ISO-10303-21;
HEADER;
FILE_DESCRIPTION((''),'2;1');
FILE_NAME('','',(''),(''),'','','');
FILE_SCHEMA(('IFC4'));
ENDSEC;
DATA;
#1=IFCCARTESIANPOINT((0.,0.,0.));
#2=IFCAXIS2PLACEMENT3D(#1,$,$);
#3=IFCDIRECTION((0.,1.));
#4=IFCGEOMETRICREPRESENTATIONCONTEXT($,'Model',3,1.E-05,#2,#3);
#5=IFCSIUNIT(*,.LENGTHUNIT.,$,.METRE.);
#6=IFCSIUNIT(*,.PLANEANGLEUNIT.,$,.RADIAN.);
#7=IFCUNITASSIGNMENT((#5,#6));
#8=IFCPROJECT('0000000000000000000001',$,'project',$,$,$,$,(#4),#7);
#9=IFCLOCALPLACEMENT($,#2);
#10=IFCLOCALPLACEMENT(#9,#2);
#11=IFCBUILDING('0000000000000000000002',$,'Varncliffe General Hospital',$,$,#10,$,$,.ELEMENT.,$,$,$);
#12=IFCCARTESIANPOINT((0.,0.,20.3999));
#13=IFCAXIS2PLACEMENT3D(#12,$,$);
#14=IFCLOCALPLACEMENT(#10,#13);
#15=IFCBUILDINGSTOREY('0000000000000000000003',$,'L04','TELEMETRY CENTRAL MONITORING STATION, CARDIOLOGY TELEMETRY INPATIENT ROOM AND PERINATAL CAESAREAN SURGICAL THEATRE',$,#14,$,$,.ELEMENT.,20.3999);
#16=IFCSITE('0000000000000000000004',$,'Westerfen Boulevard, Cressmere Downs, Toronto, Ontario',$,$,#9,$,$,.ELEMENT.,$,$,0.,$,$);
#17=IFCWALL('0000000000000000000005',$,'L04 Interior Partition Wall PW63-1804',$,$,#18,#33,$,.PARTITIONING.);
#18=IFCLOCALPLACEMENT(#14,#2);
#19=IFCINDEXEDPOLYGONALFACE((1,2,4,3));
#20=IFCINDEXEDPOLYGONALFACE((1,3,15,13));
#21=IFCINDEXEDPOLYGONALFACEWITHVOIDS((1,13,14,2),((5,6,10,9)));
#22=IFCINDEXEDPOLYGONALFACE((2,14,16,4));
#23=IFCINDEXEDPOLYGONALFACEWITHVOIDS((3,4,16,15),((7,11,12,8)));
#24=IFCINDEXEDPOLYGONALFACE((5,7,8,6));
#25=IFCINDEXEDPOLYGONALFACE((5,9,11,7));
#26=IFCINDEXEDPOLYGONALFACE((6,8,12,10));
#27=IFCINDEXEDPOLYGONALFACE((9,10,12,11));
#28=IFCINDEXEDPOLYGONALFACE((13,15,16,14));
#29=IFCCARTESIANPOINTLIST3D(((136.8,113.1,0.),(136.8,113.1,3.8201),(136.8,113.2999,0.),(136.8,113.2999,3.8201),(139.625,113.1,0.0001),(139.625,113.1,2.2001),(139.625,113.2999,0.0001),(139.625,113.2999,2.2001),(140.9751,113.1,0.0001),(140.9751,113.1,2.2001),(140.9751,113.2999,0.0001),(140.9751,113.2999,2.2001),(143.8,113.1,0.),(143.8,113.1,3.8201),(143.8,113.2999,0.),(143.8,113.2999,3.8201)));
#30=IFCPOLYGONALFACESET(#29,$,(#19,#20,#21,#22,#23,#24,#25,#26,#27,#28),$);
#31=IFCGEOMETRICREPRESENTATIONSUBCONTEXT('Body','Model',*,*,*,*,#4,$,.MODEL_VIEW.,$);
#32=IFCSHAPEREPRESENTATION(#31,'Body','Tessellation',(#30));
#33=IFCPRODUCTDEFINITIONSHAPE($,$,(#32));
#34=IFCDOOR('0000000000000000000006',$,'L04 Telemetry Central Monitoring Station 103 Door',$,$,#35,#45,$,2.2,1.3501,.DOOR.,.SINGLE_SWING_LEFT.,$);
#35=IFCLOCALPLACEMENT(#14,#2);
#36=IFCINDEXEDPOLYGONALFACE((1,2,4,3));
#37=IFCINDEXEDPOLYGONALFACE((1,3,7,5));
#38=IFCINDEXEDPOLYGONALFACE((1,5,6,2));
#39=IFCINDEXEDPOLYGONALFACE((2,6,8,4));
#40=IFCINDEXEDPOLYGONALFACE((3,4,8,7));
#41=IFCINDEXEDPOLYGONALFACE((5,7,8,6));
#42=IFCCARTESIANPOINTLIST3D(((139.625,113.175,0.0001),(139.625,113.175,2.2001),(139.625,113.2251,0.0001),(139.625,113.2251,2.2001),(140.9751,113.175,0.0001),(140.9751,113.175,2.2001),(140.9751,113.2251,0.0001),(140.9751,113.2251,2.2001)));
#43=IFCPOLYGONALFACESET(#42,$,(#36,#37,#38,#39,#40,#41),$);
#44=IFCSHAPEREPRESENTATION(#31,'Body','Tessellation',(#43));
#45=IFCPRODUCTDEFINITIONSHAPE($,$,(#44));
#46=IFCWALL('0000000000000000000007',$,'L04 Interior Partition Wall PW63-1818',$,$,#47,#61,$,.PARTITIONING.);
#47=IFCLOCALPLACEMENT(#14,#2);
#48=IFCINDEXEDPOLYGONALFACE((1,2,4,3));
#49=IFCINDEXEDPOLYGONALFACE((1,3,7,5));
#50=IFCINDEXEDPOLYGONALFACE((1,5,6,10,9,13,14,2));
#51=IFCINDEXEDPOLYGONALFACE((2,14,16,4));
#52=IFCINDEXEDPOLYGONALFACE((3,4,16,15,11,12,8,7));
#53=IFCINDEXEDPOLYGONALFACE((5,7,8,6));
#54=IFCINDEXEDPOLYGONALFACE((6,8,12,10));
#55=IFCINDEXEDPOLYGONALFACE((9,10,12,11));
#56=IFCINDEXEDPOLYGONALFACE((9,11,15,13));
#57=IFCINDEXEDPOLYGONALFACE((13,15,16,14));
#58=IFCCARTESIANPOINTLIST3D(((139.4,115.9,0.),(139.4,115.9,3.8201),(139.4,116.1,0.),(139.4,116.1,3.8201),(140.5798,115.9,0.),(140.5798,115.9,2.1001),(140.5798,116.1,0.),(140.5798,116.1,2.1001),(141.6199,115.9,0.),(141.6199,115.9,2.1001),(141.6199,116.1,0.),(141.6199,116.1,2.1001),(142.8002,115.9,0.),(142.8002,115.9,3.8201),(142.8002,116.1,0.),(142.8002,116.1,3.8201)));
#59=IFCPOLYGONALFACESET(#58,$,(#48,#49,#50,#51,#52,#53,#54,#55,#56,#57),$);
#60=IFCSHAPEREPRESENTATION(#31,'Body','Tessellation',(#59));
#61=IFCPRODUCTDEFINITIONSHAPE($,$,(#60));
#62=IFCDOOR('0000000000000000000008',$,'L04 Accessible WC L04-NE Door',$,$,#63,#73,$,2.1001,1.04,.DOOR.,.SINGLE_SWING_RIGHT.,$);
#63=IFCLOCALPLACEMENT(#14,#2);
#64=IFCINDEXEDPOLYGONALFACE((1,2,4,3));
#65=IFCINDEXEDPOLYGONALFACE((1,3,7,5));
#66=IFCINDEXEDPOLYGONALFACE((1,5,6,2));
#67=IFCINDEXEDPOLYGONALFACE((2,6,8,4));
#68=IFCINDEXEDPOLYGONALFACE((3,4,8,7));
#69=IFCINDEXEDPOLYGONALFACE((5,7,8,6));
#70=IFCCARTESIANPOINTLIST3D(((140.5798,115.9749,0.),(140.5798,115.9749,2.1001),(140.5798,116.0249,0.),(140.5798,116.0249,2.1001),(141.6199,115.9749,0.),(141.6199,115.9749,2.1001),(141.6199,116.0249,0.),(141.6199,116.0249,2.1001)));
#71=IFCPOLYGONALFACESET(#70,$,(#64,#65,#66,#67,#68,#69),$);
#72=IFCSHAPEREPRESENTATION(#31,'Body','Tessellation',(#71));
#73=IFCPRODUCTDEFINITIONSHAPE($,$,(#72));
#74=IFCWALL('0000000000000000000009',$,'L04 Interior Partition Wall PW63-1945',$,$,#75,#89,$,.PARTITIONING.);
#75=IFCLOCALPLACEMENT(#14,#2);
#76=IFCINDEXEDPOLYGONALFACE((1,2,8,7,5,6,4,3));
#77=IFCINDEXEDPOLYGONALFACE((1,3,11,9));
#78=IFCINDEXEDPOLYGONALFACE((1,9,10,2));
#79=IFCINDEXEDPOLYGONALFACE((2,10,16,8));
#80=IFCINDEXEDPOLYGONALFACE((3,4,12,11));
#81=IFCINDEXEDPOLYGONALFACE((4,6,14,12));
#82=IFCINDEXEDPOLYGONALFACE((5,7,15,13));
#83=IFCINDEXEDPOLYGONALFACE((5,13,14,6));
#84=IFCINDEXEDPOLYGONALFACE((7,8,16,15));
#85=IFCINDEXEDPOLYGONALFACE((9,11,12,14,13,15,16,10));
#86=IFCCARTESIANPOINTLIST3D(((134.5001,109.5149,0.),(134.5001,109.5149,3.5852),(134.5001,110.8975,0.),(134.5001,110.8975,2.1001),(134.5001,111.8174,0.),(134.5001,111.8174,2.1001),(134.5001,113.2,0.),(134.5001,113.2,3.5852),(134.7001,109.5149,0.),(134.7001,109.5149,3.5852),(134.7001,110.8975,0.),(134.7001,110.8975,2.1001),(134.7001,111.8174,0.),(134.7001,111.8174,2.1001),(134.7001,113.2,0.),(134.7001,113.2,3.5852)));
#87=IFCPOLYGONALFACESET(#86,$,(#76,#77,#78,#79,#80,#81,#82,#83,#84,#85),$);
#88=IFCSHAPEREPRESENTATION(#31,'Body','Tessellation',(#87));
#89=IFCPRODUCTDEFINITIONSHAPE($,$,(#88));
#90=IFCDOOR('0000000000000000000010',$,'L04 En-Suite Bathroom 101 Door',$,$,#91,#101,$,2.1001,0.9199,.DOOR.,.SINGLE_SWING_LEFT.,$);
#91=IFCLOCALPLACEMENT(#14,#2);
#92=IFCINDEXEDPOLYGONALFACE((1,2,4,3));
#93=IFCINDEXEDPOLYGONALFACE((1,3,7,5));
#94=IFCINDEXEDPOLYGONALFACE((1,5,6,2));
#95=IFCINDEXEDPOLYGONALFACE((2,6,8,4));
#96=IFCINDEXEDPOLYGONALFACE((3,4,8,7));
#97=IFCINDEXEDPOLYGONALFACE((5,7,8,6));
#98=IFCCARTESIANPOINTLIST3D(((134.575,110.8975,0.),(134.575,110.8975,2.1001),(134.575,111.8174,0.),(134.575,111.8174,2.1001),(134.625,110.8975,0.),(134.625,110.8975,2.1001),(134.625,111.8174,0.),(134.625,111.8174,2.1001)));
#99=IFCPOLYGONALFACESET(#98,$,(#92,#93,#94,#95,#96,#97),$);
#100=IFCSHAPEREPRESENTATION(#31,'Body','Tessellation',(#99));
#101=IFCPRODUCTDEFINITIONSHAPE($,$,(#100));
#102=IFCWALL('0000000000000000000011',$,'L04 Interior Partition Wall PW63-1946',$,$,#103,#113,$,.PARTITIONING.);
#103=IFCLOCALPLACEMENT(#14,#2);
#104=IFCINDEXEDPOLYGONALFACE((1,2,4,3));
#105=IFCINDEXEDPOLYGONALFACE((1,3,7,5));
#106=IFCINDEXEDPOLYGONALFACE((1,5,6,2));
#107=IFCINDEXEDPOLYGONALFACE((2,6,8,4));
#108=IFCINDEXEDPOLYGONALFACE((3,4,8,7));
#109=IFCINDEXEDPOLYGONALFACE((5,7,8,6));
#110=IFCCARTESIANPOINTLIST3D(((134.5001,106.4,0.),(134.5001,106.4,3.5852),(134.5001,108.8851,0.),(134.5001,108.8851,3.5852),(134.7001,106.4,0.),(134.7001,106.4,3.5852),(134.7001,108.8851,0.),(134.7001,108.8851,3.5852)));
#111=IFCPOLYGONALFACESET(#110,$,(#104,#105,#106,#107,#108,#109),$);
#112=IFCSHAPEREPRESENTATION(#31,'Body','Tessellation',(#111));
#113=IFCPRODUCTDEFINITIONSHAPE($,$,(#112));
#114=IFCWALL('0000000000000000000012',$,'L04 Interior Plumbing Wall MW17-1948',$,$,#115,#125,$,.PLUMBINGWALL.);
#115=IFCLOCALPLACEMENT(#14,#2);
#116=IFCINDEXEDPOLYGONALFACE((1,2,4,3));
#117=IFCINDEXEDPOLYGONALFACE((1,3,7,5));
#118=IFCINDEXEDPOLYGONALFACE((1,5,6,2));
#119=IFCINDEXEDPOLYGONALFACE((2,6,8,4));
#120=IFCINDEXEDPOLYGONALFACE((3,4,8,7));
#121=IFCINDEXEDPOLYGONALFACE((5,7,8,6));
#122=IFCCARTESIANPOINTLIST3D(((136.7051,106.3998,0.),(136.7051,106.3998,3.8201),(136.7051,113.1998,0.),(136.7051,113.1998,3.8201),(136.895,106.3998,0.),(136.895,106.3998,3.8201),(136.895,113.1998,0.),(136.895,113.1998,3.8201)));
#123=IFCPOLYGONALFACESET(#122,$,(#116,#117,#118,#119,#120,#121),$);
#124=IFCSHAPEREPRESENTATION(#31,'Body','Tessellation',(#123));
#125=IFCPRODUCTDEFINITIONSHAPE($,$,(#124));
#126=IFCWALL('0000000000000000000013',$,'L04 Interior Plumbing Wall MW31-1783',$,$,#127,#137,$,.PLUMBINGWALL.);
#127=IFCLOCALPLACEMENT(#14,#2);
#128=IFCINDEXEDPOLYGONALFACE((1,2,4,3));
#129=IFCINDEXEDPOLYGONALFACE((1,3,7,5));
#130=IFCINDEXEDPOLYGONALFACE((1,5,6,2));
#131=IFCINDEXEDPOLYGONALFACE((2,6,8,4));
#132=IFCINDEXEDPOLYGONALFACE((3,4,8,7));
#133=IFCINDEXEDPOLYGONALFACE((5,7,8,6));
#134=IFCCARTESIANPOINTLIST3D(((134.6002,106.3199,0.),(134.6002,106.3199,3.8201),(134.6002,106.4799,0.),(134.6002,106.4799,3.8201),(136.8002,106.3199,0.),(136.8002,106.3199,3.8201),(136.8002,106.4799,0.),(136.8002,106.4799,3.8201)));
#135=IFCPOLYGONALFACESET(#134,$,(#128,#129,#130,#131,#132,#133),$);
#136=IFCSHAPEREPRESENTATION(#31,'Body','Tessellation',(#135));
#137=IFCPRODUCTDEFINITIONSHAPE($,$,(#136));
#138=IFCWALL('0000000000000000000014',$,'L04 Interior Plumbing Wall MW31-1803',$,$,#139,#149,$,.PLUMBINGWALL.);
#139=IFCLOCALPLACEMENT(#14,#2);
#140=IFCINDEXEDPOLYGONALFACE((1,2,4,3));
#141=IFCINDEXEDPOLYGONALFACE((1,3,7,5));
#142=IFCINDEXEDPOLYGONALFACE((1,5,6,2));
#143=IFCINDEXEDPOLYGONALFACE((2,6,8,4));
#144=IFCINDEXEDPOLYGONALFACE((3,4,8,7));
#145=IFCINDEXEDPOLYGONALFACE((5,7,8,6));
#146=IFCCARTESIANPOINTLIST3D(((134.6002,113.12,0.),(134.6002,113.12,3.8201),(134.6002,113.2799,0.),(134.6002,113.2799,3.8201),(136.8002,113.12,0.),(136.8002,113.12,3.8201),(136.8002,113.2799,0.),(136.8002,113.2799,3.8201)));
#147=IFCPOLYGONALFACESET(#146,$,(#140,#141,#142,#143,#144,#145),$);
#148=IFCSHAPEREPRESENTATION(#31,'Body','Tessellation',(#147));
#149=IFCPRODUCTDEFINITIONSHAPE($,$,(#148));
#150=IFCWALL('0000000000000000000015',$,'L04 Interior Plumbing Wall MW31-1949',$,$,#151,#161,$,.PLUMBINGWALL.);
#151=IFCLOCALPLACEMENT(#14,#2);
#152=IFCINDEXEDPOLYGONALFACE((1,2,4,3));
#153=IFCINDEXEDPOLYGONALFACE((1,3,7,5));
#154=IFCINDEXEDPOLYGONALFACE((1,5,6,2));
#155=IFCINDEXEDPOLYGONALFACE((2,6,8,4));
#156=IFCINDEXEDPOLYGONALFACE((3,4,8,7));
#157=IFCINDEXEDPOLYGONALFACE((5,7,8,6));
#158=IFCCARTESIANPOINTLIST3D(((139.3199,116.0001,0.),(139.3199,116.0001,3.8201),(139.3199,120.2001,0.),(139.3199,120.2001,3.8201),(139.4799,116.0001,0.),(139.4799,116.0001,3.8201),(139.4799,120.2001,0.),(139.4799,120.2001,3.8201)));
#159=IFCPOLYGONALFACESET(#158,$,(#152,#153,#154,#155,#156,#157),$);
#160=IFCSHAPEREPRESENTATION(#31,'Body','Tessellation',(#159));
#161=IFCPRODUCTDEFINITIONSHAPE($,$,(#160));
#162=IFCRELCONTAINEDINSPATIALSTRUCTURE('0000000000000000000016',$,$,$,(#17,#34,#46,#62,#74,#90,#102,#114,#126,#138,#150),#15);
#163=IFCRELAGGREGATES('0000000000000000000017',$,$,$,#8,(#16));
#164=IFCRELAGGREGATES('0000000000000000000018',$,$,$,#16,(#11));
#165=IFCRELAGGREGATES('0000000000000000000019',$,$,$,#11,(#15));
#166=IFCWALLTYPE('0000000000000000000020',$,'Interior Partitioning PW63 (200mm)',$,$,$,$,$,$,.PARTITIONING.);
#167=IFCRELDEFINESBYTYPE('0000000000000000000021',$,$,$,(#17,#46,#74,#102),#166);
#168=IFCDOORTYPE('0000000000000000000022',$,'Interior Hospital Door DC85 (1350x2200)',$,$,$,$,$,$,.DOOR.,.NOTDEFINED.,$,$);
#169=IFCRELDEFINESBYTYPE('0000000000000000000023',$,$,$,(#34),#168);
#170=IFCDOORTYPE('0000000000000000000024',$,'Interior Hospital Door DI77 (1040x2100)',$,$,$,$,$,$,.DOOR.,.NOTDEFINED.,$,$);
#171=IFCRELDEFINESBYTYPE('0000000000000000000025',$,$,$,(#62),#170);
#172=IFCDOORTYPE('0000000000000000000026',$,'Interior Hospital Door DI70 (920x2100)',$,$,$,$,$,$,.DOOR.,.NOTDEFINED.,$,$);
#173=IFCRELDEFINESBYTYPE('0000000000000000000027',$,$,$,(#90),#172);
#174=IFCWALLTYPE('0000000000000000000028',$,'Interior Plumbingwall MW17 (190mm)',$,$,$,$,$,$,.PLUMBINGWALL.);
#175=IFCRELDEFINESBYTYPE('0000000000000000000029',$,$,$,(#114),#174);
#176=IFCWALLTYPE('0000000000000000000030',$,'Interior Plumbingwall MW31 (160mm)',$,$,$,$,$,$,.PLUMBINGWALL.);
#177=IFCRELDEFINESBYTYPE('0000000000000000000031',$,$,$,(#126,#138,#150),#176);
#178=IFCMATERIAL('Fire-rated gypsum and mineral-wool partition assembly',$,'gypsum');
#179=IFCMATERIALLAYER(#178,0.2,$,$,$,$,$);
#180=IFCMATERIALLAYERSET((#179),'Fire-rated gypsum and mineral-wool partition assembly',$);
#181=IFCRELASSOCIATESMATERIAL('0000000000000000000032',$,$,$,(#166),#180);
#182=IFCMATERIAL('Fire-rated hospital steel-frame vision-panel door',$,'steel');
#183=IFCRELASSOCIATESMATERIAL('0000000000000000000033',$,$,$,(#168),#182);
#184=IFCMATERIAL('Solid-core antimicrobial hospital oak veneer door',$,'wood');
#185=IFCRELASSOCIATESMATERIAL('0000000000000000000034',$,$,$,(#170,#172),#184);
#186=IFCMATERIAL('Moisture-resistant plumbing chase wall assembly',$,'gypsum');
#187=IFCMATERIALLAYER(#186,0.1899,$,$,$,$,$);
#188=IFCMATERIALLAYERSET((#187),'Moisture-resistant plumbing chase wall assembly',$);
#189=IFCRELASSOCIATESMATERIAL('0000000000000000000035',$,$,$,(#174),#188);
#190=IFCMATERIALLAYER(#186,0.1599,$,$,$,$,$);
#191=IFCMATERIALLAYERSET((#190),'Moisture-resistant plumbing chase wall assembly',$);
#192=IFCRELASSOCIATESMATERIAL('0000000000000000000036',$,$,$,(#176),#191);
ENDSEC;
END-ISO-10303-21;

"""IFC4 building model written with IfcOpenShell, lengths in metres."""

from ifc_helpers import new_model, si_unit, direction, frame, frame_2d, origin, place, context, subcontext, project, spatial, rectangle, extrude, material, layer, layer_set, type_object, element, fill, save


model = new_model("IFC4")

# Units and contexts
model_context = context("Model", 3, precision=1e-05, world=origin(), true_north=direction((0.0, 1.0)))
body_context = subcontext(model_context, "Body", "Model", "MODEL_VIEW")
ifc_project = project(units=[si_unit("LENGTHUNIT", "METRE"), si_unit("PLANEANGLEUNIT", "RADIAN")], contexts=[model_context])

# Site, building, storey
site_placement = place(None, origin())
site = spatial("IfcSite", under=ifc_project, at=site_placement, Name="Westerfen Boulevard, Cressmere Downs, Toronto, Ontario", CompositionType="ELEMENT", RefElevation=0.0)
building_placement = place(site_placement, origin())
building = spatial("IfcBuilding", under=site, at=building_placement, Name="Varncliffe General Hospital", CompositionType="ELEMENT")
storey_placement = place(building_placement, frame((0.0, 0.0, 20.3999)))
storey = spatial("IfcBuildingStorey", under=building, at=storey_placement, Name="L04", Description="TELEMETRY CENTRAL MONITORING STATION, CARDIOLOGY TELEMETRY INPATIENT ROOM AND PERINATAL CAESAREAN SURGICAL THEATRE", CompositionType="ELEMENT", Elevation=20.3999)

# Shared definitions
ifc_material_1 = material(Name="Fire-rated gypsum and mineral-wool partition assembly", Category="gypsum")
ifc_material_2 = material(Name="Fire-rated hospital steel-frame vision-panel door", Category="steel")

# Walls, openings, doors
ifc_layer_1 = layer(ifc_material_1, 0.2)
ifc_layer_set_1 = layer_set([ifc_layer_1], Name="Fire-rated gypsum and mineral-wool partition assembly")
wall_type_1 = type_object("IfcWallType", Name="Interior Partitioning PW63 (200mm)", PredefinedType="PARTITIONING", material=ifc_layer_set_1)
wall_1_placement = place(storey_placement, frame((136.8, 113.2, 0.0), z_axis=(0.0, 0.0, 1.0), x_axis=(1.0, 0.0, 0.0)))
wall_1 = element("IfcWall", 1, at=wall_1_placement, inside=storey, type_object=wall_type_1, Name="L04 Interior Partition Wall PW63-1804", PredefinedType="PARTITIONING", context=body_context, shape_type="SweptSolid", body=[
    extrude(rectangle(XDim=7.0, YDim=0.2, at=frame_2d((3.5, 0.0))), origin(), (0.0, 0.0, 1.0), 3.8201),
])
opening_1_placement = place(wall_1_placement, frame((2.825, 0.0, 0.0)))
opening_1 = element("IfcOpeningElement", 2, at=opening_1_placement, cuts=wall_1, PredefinedType="OPENING", context=body_context, shape_type="SweptSolid", body=[
    extrude(rectangle(XDim=1.3501, YDim=2.2, at=frame_2d((0.675, 1.1001))), frame((0.0, 0.1099, 0.0), z_axis=(0.0, -1.0, 0.0), x_axis=(1.0, 0.0, 0.0)), (0.0, 0.0, 1.0), 0.22),
])
door_type_1 = type_object("IfcDoorType", Name="Interior Hospital Door DC85 (1350x2200)", OperationType="NOTDEFINED", PredefinedType="DOOR", material=ifc_material_2)
door_1_placement = place(opening_1_placement, frame((1.3501, 0.0, 0.0), z_axis=(0.0, 0.0, 1.0), x_axis=(-1.0, 0.0, 0.0)))
door_1 = element("IfcDoor", 3, at=door_1_placement, inside=storey, type_object=door_type_1, Name="L04 Telemetry Central Monitoring Station 103 Door", OperationType="SINGLE_SWING_LEFT", OverallHeight=2.2, OverallWidth=1.3501, PredefinedType="DOOR", context=body_context, shape_type="SweptSolid", body=[
    extrude(rectangle(XDim=1.3501, YDim=2.2, at=frame_2d((0.675, 1.1001))), frame((0.0, 0.0249, 0.0), z_axis=(0.0, -1.0, 0.0), x_axis=(1.0, 0.0, 0.0)), (0.0, 0.0, 1.0), 0.05),
])
fill(opening_1, door_1)
wall_2_placement = place(storey_placement, frame((139.3999, 116.0, 0.0), z_axis=(0.0, 0.0, 1.0), x_axis=(1.0, 0.0, 0.0)))
wall_2 = element("IfcWall", 4, at=wall_2_placement, inside=storey, type_object=wall_type_1, Name="L04 Interior Partition Wall PW63-1818", PredefinedType="PARTITIONING", context=body_context, shape_type="SweptSolid", body=[
    extrude(rectangle(XDim=3.4001, YDim=0.2, at=frame_2d((1.7002, 0.0))), origin(), (0.0, 0.0, 1.0), 3.8201),
])
opening_2_placement = place(wall_2_placement, frame((1.1799, 0.0, 0.0)))
opening_2 = element("IfcOpeningElement", 5, at=opening_2_placement, cuts=wall_2, PredefinedType="OPENING", context=body_context, shape_type="SweptSolid", body=[
    extrude(rectangle(XDim=1.04, YDim=2.1001, at=frame_2d((0.52, 1.05))), frame((0.0, 0.1099, 0.0), z_axis=(0.0, -1.0, 0.0), x_axis=(1.0, 0.0, 0.0)), (0.0, 0.0, 1.0), 0.22),
])
ifc_material_3 = material(Name="Solid-core antimicrobial hospital oak veneer door", Category="wood")
door_type_2 = type_object("IfcDoorType", Name="Interior Hospital Door DI77 (1040x2100)", OperationType="NOTDEFINED", PredefinedType="DOOR", material=ifc_material_3)
door_2_placement = place(opening_2_placement, origin())
door_2 = element("IfcDoor", 6, at=door_2_placement, inside=storey, type_object=door_type_2, Name="L04 Accessible WC L04-NE Door", OperationType="SINGLE_SWING_RIGHT", OverallHeight=2.1001, OverallWidth=1.04, PredefinedType="DOOR", context=body_context, shape_type="SweptSolid", body=[
    extrude(rectangle(XDim=1.04, YDim=2.1001, at=frame_2d((0.52, 1.05))), frame((0.0, 0.0249, 0.0), z_axis=(0.0, -1.0, 0.0), x_axis=(1.0, 0.0, 0.0)), (0.0, 0.0, 1.0), 0.05),
])
fill(opening_2, door_2)
wall_3_placement = place(storey_placement, frame((134.6001, 109.5149, 0.0), z_axis=(0.0, 0.0, 1.0), x_axis=(0.0, 1.0, 0.0)))
wall_3 = element("IfcWall", 7, at=wall_3_placement, inside=storey, type_object=wall_type_1, Name="L04 Interior Partition Wall PW63-1945", PredefinedType="PARTITIONING", context=body_context, shape_type="SweptSolid", body=[
    extrude(rectangle(XDim=3.6851, YDim=0.2, at=frame_2d((1.8425, 0.0))), origin(), (0.0, 0.0, 1.0), 3.5852),
])
opening_3_placement = place(wall_3_placement, frame((1.3826, 0.0, 0.0)))
opening_3 = element("IfcOpeningElement", 8, at=opening_3_placement, cuts=wall_3, PredefinedType="OPENING", context=body_context, shape_type="SweptSolid", body=[
    extrude(rectangle(XDim=0.9199, YDim=2.1001, at=frame_2d((0.46, 1.05))), frame((0.0, 0.1099, 0.0), z_axis=(0.0, -1.0, 0.0), x_axis=(1.0, 0.0, 0.0)), (0.0, 0.0, 1.0), 0.22),
])
door_type_3 = type_object("IfcDoorType", Name="Interior Hospital Door DI70 (920x2100)", OperationType="NOTDEFINED", PredefinedType="DOOR", material=ifc_material_3)
door_3_placement = place(opening_3_placement, frame((0.9199, 0.0, 0.0), z_axis=(0.0, 0.0, 1.0), x_axis=(-1.0, 0.0, 0.0)))
door_3 = element("IfcDoor", 9, at=door_3_placement, inside=storey, type_object=door_type_3, Name="L04 En-Suite Bathroom 101 Door", OperationType="SINGLE_SWING_LEFT", OverallHeight=2.1001, OverallWidth=0.9199, PredefinedType="DOOR", context=body_context, shape_type="SweptSolid", body=[
    extrude(rectangle(XDim=0.9199, YDim=2.1001, at=frame_2d((0.46, 1.05))), frame((0.0, 0.0249, 0.0), z_axis=(0.0, -1.0, 0.0), x_axis=(1.0, 0.0, 0.0)), (0.0, 0.0, 1.0), 0.05),
])
fill(opening_3, door_3)

# Walls
wall_4_placement = place(storey_placement, frame((134.6001, 106.3999, 0.0), z_axis=(0.0, 0.0, 1.0), x_axis=(0.0, 1.0, 0.0)))
element("IfcWall", 10, at=wall_4_placement, inside=storey, type_object=wall_type_1, Name="L04 Interior Partition Wall PW63-1946", PredefinedType="PARTITIONING", context=body_context, shape_type="SweptSolid", body=[
    extrude(rectangle(XDim=2.4851, YDim=0.2, at=frame_2d((1.2427, 0.0))), origin(), (0.0, 0.0, 1.0), 3.5852),
])
ifc_material_4 = material(Name="Moisture-resistant plumbing chase wall assembly", Category="gypsum")
ifc_layer_2 = layer(ifc_material_4, 0.1899)
ifc_layer_set_2 = layer_set([ifc_layer_2], Name="Moisture-resistant plumbing chase wall assembly")
wall_type_2 = type_object("IfcWallType", Name="Interior Plumbingwall MW17 (190mm)", PredefinedType="PLUMBINGWALL", material=ifc_layer_set_2)
wall_5_placement = place(storey_placement, frame((136.8, 106.3999, 0.0), z_axis=(0.0, 0.0, 1.0), x_axis=(0.0, 1.0, 0.0)))
element("IfcWall", 11, at=wall_5_placement, inside=storey, type_object=wall_type_2, Name="L04 Interior Plumbing Wall MW17-1948", PredefinedType="PLUMBINGWALL", context=body_context, shape_type="SweptSolid", body=[
    extrude(rectangle(XDim=6.8, YDim=0.1899, at=frame_2d((3.3999, 0.0))), origin(), (0.0, 0.0, 1.0), 3.8201),
])
ifc_layer_3 = layer(ifc_material_4, 0.1599)
ifc_layer_set_3 = layer_set([ifc_layer_3], Name="Moisture-resistant plumbing chase wall assembly")
wall_type_3 = type_object("IfcWallType", Name="Interior Plumbingwall MW31 (160mm)", PredefinedType="PLUMBINGWALL", material=ifc_layer_set_3)
for number, where, z_axis, x_axis, name in (
    (12, (134.6001, 106.3999, 0.0), (0.0, 0.0, 1.0), (1.0, 0.0, 0.0), "L04 Interior Plumbing Wall MW31-1783"),
    (13, (134.6001, 113.2, 0.0), (0.0, 0.0, 1.0), (1.0, 0.0, 0.0), "L04 Interior Plumbing Wall MW31-1803"),
):
    element("IfcWall", number, at=place(storey_placement, frame(where, z_axis=z_axis, x_axis=x_axis)), inside=storey, type_object=wall_type_3, Name=name, PredefinedType="PLUMBINGWALL", context=body_context, shape_type="SweptSolid", body=[
        extrude(rectangle(XDim=2.2, YDim=0.1599, at=frame_2d((1.1001, 0.0))), origin(), (0.0, 0.0, 1.0), 3.8201),
    ])
wall_6_placement = place(storey_placement, frame((139.3999, 116.0, 0.0), z_axis=(0.0, 0.0, 1.0), x_axis=(0.0, 1.0, 0.0)))
element("IfcWall", 14, at=wall_6_placement, inside=storey, type_object=wall_type_3, Name="L04 Interior Plumbing Wall MW31-1949", PredefinedType="PLUMBINGWALL", context=body_context, shape_type="SweptSolid", body=[
    extrude(rectangle(XDim=4.2, YDim=0.1599, at=frame_2d((2.1001, 0.0))), origin(), (0.0, 0.0, 1.0), 3.8201),
])

save(model, "model.ifc")
